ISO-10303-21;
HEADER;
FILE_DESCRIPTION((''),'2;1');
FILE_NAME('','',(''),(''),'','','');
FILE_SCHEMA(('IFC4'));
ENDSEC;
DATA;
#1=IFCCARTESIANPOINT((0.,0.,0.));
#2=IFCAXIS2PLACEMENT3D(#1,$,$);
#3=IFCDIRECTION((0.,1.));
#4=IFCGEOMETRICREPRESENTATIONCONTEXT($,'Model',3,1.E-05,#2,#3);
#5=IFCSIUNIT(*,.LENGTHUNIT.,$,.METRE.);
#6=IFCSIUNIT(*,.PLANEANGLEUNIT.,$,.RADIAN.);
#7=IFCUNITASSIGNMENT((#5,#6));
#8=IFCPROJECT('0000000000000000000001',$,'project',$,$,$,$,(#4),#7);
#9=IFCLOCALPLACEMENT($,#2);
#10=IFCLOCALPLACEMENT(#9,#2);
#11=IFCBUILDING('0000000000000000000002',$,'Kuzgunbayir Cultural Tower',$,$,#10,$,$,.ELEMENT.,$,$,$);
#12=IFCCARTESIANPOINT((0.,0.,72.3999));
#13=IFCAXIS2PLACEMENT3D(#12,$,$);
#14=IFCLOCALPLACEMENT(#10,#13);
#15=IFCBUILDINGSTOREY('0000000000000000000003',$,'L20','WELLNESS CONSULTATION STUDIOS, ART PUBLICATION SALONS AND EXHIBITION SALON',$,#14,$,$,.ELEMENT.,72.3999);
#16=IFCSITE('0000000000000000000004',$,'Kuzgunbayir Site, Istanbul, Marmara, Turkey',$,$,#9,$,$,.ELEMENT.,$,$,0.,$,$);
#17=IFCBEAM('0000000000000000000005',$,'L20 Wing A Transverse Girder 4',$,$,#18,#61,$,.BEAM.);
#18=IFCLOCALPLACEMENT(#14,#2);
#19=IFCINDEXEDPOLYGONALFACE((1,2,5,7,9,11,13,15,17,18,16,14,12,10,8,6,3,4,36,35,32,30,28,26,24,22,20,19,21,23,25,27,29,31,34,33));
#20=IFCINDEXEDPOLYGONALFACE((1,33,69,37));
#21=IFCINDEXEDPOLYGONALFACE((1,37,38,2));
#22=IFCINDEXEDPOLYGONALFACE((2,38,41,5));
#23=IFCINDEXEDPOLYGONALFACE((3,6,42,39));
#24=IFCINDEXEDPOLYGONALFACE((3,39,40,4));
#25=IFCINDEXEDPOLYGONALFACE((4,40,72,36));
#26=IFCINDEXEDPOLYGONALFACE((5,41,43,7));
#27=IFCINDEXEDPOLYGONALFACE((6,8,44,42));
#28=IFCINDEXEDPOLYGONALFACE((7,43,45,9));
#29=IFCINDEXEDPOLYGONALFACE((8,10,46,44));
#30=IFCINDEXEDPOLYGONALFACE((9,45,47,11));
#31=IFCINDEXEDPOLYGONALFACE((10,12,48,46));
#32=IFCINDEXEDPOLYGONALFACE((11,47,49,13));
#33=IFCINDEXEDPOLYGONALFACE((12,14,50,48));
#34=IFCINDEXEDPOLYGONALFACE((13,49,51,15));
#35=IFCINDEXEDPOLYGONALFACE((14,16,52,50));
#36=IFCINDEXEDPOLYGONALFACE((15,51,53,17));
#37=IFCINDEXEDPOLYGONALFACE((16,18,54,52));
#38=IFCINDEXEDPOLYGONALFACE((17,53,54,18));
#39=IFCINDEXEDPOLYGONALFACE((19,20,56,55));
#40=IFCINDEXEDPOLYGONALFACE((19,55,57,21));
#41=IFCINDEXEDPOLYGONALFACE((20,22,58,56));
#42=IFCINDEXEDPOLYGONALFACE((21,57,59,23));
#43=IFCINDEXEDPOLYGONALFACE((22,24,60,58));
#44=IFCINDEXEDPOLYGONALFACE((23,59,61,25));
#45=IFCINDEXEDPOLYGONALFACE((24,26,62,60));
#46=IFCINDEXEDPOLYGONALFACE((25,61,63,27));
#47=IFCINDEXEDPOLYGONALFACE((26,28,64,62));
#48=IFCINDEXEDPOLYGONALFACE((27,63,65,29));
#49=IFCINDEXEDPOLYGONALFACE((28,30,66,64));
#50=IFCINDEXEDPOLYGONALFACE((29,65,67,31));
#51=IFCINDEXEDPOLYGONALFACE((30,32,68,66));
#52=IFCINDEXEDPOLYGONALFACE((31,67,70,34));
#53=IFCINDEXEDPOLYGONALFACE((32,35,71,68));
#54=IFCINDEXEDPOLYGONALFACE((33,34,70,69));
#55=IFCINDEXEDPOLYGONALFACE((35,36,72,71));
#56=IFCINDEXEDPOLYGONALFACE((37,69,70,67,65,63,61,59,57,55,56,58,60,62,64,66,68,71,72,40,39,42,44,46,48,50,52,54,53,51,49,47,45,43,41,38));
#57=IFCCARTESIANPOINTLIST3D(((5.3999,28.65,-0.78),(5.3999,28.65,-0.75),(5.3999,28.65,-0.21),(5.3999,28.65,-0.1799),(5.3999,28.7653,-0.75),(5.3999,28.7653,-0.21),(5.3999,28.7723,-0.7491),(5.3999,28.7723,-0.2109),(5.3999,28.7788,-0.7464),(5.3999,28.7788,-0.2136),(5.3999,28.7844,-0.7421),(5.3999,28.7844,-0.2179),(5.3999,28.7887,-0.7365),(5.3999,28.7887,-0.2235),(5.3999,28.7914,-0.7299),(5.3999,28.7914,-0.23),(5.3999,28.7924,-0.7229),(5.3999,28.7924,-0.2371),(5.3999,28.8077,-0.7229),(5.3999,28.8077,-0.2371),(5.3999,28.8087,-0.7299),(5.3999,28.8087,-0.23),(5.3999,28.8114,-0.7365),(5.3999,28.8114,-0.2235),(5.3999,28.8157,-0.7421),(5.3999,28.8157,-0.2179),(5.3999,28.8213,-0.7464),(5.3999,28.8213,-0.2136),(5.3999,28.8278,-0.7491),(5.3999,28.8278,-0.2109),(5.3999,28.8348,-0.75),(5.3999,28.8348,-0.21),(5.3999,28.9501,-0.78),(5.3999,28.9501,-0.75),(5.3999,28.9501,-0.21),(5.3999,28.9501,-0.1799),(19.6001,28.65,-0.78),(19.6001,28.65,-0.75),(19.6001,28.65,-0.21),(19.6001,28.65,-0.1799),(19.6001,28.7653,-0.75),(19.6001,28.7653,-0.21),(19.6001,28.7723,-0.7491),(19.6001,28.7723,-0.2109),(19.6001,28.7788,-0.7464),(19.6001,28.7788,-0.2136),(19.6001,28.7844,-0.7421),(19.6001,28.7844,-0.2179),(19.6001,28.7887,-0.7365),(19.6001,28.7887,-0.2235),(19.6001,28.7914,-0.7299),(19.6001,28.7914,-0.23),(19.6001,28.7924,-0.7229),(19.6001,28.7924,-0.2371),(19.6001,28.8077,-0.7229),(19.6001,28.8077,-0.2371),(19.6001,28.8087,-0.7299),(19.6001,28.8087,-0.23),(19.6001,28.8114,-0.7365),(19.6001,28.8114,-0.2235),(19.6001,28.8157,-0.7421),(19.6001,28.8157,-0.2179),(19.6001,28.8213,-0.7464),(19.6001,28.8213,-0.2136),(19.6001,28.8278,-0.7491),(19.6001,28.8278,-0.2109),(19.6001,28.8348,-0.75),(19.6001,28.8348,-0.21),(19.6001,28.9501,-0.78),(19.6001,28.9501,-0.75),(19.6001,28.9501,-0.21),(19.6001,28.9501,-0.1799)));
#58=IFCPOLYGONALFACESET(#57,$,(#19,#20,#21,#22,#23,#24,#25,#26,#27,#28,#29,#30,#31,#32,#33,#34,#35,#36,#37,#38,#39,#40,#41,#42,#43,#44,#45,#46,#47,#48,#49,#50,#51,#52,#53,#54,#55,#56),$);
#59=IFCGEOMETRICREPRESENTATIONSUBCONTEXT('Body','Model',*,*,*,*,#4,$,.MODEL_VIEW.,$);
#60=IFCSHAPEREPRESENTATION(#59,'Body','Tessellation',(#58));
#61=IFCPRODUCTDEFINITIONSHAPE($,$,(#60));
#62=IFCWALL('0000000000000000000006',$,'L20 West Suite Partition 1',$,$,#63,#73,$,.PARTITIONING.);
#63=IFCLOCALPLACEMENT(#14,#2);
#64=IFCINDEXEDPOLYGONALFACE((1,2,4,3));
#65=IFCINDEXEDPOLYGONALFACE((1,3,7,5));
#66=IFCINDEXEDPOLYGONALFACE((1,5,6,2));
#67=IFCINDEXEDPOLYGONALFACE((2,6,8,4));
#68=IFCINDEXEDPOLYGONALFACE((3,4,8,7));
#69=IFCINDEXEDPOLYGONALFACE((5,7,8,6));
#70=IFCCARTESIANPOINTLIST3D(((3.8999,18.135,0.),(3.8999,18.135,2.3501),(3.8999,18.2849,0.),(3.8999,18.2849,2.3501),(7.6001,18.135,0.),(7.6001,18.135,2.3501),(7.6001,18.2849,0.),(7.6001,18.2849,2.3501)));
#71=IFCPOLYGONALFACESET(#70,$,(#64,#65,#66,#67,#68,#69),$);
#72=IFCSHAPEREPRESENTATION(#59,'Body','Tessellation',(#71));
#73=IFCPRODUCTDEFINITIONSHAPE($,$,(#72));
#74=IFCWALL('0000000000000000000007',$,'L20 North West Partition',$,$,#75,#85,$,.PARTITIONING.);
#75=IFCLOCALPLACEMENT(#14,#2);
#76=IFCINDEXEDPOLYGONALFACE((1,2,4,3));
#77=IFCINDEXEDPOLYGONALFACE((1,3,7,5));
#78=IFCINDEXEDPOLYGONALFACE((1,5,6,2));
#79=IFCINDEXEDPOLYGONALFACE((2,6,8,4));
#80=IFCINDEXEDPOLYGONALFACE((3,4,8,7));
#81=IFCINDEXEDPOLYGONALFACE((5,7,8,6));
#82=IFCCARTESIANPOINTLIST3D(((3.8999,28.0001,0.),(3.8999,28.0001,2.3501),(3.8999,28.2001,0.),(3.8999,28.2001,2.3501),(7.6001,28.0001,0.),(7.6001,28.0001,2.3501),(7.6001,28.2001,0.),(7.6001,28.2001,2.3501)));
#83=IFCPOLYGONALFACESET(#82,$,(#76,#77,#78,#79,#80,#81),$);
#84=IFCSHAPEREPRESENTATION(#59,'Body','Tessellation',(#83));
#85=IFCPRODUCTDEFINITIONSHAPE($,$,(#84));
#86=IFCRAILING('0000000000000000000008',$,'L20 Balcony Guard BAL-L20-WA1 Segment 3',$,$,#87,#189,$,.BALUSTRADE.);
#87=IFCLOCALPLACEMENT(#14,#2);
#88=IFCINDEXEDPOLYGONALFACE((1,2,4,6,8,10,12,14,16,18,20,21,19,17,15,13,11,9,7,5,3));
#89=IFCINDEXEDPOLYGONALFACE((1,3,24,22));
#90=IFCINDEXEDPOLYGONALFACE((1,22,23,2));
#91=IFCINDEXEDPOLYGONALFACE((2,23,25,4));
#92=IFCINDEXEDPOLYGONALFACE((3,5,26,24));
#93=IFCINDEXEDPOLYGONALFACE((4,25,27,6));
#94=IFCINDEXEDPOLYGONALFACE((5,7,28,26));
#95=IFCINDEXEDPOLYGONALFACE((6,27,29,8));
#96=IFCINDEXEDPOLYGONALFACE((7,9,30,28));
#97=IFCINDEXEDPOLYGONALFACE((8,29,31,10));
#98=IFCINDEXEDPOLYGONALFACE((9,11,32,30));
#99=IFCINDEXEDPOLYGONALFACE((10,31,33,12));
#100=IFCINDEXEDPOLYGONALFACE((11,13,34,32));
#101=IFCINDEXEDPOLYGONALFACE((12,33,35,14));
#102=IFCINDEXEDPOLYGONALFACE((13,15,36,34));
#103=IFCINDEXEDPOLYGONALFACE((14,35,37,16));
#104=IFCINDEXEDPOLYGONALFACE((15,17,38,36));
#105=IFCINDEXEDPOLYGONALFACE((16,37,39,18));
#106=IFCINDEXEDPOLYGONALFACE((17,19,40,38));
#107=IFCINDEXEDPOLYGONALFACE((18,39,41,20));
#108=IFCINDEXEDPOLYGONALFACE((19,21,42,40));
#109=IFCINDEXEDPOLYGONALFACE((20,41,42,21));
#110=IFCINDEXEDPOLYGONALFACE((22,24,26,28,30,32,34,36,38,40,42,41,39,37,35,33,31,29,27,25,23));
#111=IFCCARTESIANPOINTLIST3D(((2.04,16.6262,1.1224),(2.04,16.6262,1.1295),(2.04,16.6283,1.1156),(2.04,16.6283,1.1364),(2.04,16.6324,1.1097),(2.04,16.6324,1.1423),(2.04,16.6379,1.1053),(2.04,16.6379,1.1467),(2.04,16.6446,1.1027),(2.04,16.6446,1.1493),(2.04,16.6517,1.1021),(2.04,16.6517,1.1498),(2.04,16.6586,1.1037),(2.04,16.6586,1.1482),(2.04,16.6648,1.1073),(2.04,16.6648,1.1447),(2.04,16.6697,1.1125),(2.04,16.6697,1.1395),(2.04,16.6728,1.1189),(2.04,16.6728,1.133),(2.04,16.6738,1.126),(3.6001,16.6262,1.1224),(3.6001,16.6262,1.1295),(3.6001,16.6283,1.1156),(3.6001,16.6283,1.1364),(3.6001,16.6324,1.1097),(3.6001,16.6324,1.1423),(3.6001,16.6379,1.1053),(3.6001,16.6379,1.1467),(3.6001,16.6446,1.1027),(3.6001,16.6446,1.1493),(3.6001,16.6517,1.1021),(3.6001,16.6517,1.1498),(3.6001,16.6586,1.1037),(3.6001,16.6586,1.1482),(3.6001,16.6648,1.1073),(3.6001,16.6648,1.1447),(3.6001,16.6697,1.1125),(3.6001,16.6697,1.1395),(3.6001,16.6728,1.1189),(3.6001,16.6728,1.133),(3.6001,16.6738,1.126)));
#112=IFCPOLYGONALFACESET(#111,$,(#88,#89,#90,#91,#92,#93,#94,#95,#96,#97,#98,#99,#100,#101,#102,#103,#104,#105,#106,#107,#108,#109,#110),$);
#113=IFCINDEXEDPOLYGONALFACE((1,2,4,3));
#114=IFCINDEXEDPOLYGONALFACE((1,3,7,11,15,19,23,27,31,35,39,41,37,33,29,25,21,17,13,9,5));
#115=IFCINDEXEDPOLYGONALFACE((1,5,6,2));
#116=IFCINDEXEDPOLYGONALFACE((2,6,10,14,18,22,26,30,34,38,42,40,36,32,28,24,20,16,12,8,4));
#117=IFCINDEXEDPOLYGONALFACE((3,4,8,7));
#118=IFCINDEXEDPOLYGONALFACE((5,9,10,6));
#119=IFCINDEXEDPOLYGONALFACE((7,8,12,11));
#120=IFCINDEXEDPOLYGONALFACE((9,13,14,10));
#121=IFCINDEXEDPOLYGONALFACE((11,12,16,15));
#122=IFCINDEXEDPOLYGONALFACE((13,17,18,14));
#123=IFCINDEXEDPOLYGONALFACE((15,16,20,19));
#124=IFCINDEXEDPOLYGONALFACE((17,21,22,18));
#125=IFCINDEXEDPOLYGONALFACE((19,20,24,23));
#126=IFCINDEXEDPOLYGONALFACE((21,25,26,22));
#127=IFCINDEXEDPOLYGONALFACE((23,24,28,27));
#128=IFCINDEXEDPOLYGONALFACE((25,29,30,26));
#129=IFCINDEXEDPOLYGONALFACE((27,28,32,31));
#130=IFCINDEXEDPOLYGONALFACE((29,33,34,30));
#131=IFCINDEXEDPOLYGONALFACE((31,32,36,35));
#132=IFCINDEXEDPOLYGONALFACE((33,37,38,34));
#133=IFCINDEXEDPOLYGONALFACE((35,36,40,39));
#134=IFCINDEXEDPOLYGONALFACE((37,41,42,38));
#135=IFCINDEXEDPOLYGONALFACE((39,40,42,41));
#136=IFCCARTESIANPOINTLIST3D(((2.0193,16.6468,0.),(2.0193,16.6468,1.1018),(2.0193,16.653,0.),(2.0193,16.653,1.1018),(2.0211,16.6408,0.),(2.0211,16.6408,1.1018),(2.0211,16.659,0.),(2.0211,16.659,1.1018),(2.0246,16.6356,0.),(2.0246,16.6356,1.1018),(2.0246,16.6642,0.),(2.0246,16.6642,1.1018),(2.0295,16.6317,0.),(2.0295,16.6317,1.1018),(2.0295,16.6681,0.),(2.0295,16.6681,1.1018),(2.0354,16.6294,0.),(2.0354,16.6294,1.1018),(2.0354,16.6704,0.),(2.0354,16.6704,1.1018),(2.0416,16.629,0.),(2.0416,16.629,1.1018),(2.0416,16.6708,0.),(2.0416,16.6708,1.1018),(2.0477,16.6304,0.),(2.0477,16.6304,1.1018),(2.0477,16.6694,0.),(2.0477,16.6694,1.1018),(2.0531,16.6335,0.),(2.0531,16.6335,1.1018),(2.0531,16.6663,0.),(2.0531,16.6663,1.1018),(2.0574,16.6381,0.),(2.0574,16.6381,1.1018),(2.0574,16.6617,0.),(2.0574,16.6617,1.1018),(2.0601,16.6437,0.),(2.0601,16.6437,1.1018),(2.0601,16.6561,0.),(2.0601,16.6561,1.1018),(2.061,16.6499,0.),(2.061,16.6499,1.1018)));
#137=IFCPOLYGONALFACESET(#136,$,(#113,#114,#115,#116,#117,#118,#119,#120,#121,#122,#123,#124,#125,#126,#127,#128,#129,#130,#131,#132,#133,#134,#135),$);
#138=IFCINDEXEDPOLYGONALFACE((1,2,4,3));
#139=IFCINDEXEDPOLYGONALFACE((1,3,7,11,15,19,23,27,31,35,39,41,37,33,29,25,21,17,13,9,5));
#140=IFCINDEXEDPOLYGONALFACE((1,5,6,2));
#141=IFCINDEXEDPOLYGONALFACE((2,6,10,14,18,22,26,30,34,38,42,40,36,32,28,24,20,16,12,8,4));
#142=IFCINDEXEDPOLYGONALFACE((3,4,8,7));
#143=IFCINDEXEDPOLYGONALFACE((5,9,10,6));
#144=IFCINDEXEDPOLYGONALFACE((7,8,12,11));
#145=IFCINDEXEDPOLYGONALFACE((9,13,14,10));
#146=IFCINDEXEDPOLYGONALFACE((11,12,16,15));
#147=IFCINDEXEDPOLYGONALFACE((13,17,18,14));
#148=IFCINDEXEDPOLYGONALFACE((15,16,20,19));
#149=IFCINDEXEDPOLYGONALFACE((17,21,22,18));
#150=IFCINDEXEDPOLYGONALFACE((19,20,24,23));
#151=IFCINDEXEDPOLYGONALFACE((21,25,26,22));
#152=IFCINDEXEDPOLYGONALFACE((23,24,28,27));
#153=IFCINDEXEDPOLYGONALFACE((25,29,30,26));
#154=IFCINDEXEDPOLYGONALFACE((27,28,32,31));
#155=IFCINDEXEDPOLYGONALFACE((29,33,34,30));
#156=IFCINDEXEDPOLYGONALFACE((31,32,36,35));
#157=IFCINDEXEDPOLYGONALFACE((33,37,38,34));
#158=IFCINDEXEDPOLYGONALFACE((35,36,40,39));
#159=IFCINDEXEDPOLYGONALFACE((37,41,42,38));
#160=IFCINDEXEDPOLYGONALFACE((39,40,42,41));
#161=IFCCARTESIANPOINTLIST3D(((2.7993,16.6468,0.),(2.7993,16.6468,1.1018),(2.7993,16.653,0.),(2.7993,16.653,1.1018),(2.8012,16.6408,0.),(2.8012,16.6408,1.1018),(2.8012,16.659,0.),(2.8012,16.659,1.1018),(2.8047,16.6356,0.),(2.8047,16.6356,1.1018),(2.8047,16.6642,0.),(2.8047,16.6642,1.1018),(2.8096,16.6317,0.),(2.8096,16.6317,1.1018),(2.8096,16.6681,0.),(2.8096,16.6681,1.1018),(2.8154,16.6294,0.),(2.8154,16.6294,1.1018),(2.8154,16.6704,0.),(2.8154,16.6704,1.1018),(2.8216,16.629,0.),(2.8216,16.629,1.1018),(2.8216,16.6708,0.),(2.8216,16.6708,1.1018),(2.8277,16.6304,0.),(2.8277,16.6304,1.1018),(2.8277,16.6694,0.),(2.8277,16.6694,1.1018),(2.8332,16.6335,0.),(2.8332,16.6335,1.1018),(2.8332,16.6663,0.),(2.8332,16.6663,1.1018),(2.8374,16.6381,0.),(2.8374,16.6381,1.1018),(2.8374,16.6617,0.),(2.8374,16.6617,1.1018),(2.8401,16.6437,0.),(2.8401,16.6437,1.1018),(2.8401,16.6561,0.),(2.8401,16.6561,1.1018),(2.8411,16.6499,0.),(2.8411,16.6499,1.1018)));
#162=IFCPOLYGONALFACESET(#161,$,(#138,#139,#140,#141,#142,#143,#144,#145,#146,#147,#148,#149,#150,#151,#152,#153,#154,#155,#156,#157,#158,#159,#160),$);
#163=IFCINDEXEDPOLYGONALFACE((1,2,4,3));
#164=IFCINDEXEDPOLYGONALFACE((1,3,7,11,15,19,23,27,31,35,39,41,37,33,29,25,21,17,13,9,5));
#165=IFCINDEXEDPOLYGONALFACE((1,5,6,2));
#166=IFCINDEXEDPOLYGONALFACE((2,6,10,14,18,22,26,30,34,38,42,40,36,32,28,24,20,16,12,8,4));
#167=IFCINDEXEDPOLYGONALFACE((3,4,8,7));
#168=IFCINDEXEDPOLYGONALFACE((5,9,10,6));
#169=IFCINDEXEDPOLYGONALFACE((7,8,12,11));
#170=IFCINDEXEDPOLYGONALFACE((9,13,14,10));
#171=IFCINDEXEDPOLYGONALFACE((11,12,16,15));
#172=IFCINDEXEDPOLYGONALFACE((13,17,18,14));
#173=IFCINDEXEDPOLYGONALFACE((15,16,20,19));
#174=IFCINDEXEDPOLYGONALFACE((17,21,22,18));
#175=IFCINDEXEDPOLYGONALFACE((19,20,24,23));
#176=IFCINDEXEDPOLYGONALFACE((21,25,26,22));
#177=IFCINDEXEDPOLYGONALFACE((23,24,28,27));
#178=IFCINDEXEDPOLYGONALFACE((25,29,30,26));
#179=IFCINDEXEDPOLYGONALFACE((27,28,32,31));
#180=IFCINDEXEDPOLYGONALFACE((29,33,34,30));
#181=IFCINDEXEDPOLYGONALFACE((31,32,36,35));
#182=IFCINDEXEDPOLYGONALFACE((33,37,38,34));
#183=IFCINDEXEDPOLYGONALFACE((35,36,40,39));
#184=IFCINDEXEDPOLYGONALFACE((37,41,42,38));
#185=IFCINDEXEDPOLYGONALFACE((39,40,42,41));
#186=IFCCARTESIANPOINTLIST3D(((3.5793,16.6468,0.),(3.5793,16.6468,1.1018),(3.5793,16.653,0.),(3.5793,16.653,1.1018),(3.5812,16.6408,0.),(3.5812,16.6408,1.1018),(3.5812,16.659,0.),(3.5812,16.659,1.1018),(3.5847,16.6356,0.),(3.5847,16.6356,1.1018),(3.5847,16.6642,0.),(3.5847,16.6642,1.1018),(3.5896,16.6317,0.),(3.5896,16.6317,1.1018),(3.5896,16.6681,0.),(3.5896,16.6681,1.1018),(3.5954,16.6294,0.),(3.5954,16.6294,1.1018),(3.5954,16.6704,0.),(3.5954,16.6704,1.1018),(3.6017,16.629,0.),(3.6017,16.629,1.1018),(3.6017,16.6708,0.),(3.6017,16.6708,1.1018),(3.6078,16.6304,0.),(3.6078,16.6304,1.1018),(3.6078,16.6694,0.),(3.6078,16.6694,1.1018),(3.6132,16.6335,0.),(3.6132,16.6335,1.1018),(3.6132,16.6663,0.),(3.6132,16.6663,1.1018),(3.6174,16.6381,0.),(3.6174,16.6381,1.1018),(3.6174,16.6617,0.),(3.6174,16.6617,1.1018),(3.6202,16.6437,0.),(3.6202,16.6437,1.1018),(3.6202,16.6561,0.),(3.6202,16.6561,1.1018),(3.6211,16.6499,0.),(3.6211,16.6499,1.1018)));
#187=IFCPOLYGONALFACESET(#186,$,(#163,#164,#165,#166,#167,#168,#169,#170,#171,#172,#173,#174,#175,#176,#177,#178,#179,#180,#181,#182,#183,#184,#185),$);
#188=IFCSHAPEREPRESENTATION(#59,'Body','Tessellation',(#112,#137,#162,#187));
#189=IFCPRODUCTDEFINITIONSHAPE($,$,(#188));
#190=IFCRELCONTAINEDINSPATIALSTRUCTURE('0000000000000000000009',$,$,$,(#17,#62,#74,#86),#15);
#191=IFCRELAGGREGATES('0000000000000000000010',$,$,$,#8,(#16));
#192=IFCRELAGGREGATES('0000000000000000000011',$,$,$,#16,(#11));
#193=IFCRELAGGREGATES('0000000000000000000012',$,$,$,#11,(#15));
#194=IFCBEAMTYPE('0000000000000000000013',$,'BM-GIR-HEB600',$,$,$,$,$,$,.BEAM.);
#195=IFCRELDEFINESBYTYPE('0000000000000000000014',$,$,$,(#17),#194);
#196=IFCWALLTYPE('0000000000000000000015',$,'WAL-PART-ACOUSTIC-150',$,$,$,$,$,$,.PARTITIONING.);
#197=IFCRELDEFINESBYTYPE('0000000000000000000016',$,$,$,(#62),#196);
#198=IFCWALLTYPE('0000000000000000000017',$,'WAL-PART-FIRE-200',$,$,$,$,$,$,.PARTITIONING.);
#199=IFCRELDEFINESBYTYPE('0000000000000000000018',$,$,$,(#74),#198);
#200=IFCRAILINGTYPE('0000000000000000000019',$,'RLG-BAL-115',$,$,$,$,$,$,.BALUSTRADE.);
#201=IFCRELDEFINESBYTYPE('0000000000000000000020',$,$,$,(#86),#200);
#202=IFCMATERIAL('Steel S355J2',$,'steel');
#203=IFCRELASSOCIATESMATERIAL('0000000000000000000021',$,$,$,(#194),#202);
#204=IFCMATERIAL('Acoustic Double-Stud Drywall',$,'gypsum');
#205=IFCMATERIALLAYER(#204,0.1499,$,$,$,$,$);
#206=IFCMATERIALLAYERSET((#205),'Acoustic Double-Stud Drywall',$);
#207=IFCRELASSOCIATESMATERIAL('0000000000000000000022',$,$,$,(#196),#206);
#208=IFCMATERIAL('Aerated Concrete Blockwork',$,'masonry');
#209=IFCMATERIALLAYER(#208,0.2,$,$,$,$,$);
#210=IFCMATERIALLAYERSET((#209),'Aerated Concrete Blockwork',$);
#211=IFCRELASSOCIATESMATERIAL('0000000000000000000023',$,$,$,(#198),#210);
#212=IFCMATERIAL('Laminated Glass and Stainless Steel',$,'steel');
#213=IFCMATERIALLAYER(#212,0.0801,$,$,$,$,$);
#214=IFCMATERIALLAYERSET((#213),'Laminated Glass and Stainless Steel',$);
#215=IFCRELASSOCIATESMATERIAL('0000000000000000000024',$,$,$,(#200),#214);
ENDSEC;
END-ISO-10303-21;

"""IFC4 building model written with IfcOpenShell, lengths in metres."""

from ifc_helpers import new_model, si_unit, direction, frame, frame_2d, origin, origin_2d, place, context, subcontext, project, spatial, rectangle, circle, i_section, extrude, material, layer, layer_set, material_profile, profile_set, type_object, element, save


model = new_model("IFC4")

# Units and contexts
model_context = context("Model", 3, precision=1e-05, world=origin(), true_north=direction((0.0, 1.0)))
body_context = subcontext(model_context, "Body", "Model", "MODEL_VIEW")
ifc_project = project(units=[si_unit("LENGTHUNIT", "METRE"), si_unit("PLANEANGLEUNIT", "RADIAN")], contexts=[model_context])

# Site, building, storey
site_placement = place(None, origin())
site = spatial("IfcSite", under=ifc_project, at=site_placement, Name="Kuzgunbayir Site, Istanbul, Marmara, Turkey", CompositionType="ELEMENT", RefElevation=0.0)
building_placement = place(site_placement, origin())
building = spatial("IfcBuilding", under=site, at=building_placement, Name="Kuzgunbayir Cultural Tower", CompositionType="ELEMENT")
storey_placement = place(building_placement, frame((0.0, 0.0, 72.3999)))
storey = spatial("IfcBuildingStorey", under=building, at=storey_placement, Name="L20", Description="WELLNESS CONSULTATION STUDIOS, ART PUBLICATION SALONS AND EXHIBITION SALON", CompositionType="ELEMENT", Elevation=72.3999)

# Beam
ifc_material_1 = material(Name="Steel S355J2", Category="steel")
ifc_material_profile_1 = material_profile(ifc_material_1, i_section(OverallWidth=0.3, OverallDepth=0.6001, WebThickness=0.0154, FlangeThickness=0.03, FilletRadius=0.0271, at=origin_2d()), Name="HEB 600")
ifc_profile_set_1 = profile_set([ifc_material_profile_1], Name="Steel S355J2")
beam_type_1 = type_object("IfcBeamType", Name="BM-GIR-HEB600", PredefinedType="BEAM", material=ifc_profile_set_1)
for number, where, z_axis, x_axis, name in (
    (1, (5.3999, 28.8, -0.48), (1.0, 0.0, 0.0), (0.0, 1.0, 0.0), "L20 Wing A Transverse Girder 4"),
):
    element("IfcBeam", number, at=place(storey_placement, frame(where, z_axis=z_axis, x_axis=x_axis)), inside=storey, type_object=beam_type_1, Name=name, PredefinedType="BEAM", context=body_context, shape_type="SweptSolid", body=[
        extrude(i_section(OverallWidth=0.3, OverallDepth=0.6001, WebThickness=0.0154, FlangeThickness=0.03, FilletRadius=0.0271, at=origin_2d()), origin(), (0.0, 0.0, 1.0), 14.2002),
    ])

# Walls
ifc_material_2 = material(Name="Acoustic Double-Stud Drywall", Category="gypsum")
ifc_layer_1 = layer(ifc_material_2, 0.1499)
ifc_layer_set_1 = layer_set([ifc_layer_1], Name="Acoustic Double-Stud Drywall")
wall_type_1 = type_object("IfcWallType", Name="WAL-PART-ACOUSTIC-150", PredefinedType="PARTITIONING", material=ifc_layer_set_1)
wall_1_placement = place(storey_placement, frame((3.8999, 18.21, 0.0), z_axis=(0.0, 0.0, 1.0), x_axis=(1.0, 0.0, 0.0)))
element("IfcWall", 2, at=wall_1_placement, inside=storey, type_object=wall_type_1, Name="L20 West Suite Partition 1", PredefinedType="PARTITIONING", context=body_context, shape_type="SweptSolid", body=[
    extrude(rectangle(XDim=3.7002, YDim=0.1499, at=frame_2d((1.8501, 0.0))), origin(), (0.0, 0.0, 1.0), 2.3501),
])
ifc_material_3 = material(Name="Aerated Concrete Blockwork", Category="masonry")
ifc_layer_2 = layer(ifc_material_3, 0.2)
ifc_layer_set_2 = layer_set([ifc_layer_2], Name="Aerated Concrete Blockwork")
wall_type_2 = type_object("IfcWallType", Name="WAL-PART-FIRE-200", PredefinedType="PARTITIONING", material=ifc_layer_set_2)
wall_2_placement = place(storey_placement, frame((3.8999, 28.1001, 0.0), z_axis=(0.0, 0.0, 1.0), x_axis=(1.0, 0.0, 0.0)))
element("IfcWall", 3, at=wall_2_placement, inside=storey, type_object=wall_type_2, Name="L20 North West Partition", PredefinedType="PARTITIONING", context=body_context, shape_type="SweptSolid", body=[
    extrude(rectangle(XDim=3.7002, YDim=0.2, at=frame_2d((1.8501, 0.0))), origin(), (0.0, 0.0, 1.0), 2.3501),
])

# Railing
ifc_material_4 = material(Name="Laminated Glass and Stainless Steel", Category="steel")
ifc_layer_3 = layer(ifc_material_4, 0.0801)
ifc_layer_set_3 = layer_set([ifc_layer_3], Name="Laminated Glass and Stainless Steel")
railing_type = type_object("IfcRailingType", Name="RLG-BAL-115", PredefinedType="BALUSTRADE", material=ifc_layer_set_3)
railing_1_placement = place(storey_placement, frame((2.04, 16.6499, 0.0)))
element("IfcRailing", 4, at=railing_1_placement, inside=storey, type_object=railing_type, Name="L20 Balcony Guard BAL-L20-WA1 Segment 3", PredefinedType="BALUSTRADE", context=body_context, shape_type="SweptSolid", body=[
    extrude(circle(Radius=0.0239, at=origin_2d()), frame((0.0, 0.0, 1.126), z_axis=(1.0, 0.0, 0.0), x_axis=(0.0, 1.0, 0.0)), (0.0, 0.0, 1.0), 1.5601),
    extrude(circle(Radius=0.021, at=origin_2d()), origin(), (0.0, 0.0, 1.0), 1.1018),
    extrude(circle(Radius=0.021, at=origin_2d()), frame((0.78, 0.0, 0.0)), (0.0, 0.0, 1.0), 1.1018),
    extrude(circle(Radius=0.021, at=origin_2d()), frame((1.5601, 0.0, 0.0)), (0.0, 0.0, 1.0), 1.1018),
])

save(model, "model.ifc")
